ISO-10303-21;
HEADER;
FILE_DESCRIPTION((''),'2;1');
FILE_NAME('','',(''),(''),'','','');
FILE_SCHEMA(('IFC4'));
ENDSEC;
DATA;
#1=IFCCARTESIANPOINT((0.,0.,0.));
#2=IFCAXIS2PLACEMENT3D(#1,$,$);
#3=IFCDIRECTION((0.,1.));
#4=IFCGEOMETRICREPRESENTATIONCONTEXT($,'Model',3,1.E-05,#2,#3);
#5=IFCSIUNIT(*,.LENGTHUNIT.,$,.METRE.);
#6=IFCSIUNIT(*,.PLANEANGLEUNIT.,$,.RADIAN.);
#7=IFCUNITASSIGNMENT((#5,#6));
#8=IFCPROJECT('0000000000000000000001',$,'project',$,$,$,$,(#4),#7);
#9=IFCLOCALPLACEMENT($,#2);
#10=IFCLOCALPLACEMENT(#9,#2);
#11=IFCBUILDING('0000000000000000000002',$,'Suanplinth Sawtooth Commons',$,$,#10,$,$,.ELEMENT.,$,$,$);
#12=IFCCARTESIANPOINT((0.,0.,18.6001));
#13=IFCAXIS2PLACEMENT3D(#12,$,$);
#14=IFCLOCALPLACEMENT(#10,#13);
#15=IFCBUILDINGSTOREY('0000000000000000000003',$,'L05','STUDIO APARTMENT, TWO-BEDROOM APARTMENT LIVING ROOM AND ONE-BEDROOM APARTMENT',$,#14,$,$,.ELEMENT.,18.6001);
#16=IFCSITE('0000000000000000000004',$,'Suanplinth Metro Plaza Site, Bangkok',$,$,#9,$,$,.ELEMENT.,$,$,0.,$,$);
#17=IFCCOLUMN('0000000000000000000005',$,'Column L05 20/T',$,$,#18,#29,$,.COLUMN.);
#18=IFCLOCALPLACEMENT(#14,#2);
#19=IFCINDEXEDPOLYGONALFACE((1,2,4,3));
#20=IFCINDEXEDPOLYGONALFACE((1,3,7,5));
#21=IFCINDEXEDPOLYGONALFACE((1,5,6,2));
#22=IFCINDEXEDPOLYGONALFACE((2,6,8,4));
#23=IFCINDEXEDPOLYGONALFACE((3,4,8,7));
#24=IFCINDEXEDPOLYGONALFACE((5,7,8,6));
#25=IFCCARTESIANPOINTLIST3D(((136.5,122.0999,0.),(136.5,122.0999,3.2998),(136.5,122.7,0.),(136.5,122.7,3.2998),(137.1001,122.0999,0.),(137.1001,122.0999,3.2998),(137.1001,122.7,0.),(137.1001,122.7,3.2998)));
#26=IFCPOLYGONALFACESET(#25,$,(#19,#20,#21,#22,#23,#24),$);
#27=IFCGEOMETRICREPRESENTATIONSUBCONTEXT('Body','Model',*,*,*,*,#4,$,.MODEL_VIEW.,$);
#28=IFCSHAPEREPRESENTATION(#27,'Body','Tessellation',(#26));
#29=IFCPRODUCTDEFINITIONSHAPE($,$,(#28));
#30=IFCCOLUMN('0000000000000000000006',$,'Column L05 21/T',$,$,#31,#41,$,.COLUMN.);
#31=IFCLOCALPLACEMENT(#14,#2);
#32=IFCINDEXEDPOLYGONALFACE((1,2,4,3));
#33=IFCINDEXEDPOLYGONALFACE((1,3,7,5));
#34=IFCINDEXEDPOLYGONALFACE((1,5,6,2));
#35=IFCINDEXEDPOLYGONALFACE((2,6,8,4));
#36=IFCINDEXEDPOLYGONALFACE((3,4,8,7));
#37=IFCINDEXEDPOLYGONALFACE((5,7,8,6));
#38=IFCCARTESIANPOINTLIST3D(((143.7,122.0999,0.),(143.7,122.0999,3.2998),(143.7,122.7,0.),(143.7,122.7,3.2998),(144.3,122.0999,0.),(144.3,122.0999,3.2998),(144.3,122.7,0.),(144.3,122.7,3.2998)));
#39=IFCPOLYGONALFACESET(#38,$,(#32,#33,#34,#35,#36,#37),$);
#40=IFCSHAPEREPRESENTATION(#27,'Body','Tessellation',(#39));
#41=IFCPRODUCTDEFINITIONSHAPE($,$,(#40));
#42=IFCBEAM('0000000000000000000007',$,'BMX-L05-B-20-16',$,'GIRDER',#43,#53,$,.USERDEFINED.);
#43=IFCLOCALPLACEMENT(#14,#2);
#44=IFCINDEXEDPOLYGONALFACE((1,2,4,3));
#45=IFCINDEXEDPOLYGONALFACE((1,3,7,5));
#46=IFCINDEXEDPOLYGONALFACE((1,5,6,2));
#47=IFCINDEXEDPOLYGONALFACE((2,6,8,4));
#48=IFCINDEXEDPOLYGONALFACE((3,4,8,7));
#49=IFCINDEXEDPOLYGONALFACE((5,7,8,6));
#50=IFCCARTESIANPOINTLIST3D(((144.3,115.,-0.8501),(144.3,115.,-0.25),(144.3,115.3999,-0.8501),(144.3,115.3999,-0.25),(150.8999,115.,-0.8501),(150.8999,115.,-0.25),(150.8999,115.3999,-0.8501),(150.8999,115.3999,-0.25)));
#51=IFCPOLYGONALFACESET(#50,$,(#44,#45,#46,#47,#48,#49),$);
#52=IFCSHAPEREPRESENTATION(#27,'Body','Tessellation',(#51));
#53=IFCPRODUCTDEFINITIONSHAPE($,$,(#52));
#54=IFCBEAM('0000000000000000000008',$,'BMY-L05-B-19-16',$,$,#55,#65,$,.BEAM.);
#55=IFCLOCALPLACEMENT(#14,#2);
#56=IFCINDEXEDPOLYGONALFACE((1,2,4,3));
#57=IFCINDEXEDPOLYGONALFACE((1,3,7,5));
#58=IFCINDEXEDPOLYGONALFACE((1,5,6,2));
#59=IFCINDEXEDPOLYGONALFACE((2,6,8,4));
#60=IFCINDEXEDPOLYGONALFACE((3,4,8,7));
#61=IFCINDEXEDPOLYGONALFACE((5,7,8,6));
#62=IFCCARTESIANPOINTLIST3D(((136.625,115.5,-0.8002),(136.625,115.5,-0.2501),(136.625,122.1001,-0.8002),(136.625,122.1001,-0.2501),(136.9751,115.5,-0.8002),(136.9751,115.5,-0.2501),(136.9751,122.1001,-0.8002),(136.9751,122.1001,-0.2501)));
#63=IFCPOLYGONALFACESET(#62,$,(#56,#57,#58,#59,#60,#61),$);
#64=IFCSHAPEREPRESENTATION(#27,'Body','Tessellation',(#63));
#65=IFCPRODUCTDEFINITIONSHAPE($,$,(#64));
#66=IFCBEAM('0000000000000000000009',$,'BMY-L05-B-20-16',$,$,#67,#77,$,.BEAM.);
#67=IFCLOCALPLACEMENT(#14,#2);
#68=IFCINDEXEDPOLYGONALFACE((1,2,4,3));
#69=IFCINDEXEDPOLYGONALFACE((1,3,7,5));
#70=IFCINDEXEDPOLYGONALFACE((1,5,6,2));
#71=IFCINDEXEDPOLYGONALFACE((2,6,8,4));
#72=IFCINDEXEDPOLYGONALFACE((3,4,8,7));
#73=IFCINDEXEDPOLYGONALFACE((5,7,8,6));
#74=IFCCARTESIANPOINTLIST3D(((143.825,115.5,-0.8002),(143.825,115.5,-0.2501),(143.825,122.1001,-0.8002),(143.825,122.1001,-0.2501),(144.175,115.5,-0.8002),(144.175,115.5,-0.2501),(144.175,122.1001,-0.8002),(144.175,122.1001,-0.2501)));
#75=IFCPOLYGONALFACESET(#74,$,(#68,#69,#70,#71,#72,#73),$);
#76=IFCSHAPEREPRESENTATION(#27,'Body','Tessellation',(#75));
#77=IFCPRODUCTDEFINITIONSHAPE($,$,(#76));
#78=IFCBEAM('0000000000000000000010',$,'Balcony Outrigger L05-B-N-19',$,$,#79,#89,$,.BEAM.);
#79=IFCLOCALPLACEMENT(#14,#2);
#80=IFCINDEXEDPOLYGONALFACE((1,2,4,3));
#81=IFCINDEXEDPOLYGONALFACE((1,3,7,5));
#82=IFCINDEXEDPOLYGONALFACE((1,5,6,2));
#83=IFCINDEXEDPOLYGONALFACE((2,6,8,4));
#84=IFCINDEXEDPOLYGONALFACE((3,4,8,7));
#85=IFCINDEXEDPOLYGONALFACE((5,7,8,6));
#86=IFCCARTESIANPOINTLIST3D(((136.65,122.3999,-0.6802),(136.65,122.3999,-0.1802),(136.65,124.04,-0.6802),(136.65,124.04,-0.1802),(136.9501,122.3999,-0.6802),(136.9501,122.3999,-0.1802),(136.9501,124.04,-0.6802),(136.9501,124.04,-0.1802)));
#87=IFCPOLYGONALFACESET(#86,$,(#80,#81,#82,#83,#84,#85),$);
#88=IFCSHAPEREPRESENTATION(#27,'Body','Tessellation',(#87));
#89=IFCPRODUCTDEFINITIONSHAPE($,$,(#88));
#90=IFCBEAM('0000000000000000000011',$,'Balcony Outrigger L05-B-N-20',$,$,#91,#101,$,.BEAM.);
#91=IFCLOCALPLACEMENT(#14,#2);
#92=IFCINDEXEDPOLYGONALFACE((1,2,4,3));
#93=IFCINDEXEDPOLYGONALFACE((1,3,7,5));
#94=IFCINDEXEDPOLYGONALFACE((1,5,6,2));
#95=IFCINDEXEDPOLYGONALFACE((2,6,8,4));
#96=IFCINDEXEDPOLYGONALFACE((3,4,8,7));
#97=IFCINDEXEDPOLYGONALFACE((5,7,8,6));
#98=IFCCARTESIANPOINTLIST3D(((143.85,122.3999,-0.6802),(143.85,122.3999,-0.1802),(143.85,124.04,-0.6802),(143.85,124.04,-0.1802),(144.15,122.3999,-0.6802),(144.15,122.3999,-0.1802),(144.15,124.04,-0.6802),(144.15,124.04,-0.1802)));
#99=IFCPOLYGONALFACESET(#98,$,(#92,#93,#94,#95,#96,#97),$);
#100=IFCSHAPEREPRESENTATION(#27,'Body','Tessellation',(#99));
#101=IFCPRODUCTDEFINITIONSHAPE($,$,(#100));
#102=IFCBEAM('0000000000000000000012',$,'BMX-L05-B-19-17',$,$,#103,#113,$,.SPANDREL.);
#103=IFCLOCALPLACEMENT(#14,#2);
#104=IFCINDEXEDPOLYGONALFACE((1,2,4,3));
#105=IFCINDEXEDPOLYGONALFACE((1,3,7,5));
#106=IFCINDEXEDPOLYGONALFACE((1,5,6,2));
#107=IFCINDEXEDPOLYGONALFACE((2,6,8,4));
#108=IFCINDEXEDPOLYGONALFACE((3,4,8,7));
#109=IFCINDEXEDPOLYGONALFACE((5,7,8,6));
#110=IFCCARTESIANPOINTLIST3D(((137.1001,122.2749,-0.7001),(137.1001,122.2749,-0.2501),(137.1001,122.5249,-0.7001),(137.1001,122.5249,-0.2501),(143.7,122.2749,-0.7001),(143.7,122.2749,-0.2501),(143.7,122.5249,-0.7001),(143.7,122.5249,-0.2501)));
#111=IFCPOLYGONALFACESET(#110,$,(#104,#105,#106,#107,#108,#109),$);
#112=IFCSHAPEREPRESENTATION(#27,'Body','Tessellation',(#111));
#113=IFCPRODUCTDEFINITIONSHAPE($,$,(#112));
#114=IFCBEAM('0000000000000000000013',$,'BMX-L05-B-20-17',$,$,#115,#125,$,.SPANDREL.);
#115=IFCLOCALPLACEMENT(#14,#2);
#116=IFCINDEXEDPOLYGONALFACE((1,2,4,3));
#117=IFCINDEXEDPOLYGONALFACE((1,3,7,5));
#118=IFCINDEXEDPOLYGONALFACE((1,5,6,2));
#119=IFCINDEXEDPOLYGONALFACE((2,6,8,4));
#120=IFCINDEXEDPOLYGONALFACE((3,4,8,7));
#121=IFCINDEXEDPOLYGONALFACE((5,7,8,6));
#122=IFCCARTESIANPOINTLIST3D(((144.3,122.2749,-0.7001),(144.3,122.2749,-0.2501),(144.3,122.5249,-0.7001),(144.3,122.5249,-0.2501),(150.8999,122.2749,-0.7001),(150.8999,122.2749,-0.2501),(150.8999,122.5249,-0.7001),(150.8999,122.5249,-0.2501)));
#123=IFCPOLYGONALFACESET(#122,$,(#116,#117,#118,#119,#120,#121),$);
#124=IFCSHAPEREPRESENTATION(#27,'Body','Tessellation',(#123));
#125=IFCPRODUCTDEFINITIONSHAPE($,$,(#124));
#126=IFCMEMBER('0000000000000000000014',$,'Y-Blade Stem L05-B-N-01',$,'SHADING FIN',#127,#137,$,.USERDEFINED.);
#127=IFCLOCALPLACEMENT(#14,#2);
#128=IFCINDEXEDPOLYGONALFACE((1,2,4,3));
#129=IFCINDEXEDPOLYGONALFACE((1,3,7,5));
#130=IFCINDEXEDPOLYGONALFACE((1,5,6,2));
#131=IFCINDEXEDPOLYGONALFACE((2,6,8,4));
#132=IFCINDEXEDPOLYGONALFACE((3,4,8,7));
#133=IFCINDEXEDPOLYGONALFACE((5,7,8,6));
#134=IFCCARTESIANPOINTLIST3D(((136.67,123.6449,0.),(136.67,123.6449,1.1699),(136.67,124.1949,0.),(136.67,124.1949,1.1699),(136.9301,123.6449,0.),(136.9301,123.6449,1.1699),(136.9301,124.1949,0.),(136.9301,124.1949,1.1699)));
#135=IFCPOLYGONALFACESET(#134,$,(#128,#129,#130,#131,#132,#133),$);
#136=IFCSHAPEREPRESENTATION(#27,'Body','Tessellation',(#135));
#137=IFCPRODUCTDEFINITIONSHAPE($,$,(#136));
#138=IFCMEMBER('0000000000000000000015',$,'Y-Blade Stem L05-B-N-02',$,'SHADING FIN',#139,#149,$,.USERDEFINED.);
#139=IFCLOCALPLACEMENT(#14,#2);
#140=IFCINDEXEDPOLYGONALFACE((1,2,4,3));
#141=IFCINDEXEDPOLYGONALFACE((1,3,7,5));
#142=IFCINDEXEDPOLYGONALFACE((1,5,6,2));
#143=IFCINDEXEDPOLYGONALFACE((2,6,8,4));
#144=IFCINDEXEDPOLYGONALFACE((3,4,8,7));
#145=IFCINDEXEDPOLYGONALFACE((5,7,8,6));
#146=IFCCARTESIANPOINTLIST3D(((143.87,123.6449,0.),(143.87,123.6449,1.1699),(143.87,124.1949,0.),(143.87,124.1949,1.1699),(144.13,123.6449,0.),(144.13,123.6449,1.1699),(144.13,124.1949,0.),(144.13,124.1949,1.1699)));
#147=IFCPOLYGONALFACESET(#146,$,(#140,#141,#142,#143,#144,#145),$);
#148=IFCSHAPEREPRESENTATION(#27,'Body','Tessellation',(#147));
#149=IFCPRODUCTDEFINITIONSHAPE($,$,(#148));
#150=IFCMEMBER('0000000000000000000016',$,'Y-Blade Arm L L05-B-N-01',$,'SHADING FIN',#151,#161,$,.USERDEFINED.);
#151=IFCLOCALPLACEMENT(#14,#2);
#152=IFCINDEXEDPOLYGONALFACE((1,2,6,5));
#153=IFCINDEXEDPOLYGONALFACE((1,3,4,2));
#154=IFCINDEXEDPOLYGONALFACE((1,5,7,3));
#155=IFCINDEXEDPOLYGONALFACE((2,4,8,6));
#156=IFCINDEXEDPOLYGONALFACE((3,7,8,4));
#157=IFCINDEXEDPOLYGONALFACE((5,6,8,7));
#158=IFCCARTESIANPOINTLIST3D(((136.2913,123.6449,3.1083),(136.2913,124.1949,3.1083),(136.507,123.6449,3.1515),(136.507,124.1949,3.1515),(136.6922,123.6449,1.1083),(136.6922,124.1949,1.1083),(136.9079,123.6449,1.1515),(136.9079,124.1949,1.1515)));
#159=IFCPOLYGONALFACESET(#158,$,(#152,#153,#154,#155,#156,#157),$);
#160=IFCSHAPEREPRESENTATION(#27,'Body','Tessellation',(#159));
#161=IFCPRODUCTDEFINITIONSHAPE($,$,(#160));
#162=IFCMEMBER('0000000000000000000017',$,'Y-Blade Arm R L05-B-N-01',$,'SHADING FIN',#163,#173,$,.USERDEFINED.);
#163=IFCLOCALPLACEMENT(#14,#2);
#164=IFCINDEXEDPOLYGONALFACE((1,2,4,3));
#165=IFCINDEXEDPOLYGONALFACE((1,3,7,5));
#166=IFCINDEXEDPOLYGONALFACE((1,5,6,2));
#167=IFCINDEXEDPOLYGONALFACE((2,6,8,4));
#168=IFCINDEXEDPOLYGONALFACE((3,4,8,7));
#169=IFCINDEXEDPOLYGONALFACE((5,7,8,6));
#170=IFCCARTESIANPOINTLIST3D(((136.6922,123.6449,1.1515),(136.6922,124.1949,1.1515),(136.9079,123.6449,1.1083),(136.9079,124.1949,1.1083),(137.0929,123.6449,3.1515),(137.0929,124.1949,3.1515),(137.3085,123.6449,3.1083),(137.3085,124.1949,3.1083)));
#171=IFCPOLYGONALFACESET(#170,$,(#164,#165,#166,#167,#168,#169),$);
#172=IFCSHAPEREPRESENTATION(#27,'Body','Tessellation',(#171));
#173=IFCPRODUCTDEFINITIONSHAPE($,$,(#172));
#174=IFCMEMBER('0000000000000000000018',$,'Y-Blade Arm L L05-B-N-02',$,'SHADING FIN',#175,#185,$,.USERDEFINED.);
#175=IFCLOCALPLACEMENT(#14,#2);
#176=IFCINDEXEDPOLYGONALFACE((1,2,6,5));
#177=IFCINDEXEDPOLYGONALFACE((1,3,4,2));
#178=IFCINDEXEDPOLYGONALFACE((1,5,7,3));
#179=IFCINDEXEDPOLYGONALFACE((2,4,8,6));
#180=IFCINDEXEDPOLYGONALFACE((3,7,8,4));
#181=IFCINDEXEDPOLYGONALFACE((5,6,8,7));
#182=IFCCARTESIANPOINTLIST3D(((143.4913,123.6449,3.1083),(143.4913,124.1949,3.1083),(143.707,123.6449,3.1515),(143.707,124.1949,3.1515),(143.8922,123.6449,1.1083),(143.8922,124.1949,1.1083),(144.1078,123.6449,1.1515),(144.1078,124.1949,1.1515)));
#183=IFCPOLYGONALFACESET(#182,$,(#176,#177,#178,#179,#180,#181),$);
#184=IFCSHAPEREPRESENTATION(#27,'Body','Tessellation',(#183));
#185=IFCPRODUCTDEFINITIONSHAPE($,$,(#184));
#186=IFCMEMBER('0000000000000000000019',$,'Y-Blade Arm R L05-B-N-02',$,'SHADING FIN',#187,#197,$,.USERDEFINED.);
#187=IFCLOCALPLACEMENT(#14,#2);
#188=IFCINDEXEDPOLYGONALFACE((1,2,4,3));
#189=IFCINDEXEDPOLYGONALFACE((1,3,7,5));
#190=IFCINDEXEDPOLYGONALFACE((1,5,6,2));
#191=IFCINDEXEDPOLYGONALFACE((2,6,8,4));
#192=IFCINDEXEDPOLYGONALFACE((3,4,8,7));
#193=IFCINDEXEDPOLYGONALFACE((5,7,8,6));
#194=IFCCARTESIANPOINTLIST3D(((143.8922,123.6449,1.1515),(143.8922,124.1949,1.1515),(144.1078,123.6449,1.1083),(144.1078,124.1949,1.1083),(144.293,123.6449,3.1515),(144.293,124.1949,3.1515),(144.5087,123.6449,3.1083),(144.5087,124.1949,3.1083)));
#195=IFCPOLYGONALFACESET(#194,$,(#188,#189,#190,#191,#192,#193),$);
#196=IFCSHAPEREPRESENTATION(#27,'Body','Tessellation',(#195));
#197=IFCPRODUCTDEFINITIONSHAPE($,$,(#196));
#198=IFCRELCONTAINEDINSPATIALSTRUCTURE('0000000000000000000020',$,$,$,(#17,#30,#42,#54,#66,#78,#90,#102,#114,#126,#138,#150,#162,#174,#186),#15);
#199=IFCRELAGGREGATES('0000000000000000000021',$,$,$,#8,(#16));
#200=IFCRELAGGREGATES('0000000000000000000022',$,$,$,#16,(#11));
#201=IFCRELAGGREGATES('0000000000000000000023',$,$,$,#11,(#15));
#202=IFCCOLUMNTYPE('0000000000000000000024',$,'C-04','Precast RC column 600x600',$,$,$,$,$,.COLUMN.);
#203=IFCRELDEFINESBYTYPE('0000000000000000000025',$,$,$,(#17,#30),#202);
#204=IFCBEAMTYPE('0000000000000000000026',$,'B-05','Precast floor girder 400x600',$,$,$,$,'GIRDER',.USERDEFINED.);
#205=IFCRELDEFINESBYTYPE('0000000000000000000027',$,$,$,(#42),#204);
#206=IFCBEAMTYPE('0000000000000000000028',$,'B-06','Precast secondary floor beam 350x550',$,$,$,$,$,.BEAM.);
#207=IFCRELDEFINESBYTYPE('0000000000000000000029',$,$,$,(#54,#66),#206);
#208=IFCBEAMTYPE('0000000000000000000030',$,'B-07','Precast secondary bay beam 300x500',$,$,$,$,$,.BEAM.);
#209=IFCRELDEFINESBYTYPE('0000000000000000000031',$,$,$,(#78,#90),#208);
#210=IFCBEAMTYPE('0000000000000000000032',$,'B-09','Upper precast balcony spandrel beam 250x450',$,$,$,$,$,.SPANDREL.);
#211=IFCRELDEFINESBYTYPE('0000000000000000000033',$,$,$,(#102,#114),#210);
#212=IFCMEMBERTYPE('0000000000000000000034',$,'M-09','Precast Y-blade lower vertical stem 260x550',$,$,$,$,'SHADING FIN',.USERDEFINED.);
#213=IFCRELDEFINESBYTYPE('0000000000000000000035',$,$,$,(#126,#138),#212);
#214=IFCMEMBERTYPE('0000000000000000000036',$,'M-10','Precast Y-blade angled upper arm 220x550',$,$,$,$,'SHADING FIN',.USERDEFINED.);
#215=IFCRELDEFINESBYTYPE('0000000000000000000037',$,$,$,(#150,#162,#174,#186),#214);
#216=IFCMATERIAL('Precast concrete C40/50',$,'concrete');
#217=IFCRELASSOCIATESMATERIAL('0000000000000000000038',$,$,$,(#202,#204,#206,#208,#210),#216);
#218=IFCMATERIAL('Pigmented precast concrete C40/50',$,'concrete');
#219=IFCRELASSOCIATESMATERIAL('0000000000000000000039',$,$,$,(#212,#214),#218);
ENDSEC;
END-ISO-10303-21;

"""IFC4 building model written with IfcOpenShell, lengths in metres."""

from ifc_helpers import new_model, si_unit, direction, frame, origin, origin_2d, place, context, subcontext, project, spatial, rectangle, extrude, material, material_profile, profile_set, type_object, element, save


model = new_model("IFC4")

# Units and contexts
model_context = context("Model", 3, precision=1e-05, world=origin(), true_north=direction((0.0, 1.0)))
body_context = subcontext(model_context, "Body", "Model", "MODEL_VIEW")
ifc_project = project(units=[si_unit("LENGTHUNIT", "METRE"), si_unit("PLANEANGLEUNIT", "RADIAN")], contexts=[model_context])

# Site, building, storey
site_placement = place(None, origin())
site = spatial("IfcSite", under=ifc_project, at=site_placement, Name="Suanplinth Metro Plaza Site, Bangkok", CompositionType="ELEMENT", RefElevation=0.0)
building_placement = place(site_placement, origin())
building = spatial("IfcBuilding", under=site, at=building_placement, Name="Suanplinth Sawtooth Commons", CompositionType="ELEMENT")
storey_placement = place(building_placement, frame((0.0, 0.0, 18.6001)))
storey = spatial("IfcBuildingStorey", under=building, at=storey_placement, Name="L05", Description="STUDIO APARTMENT, TWO-BEDROOM APARTMENT LIVING ROOM AND ONE-BEDROOM APARTMENT", CompositionType="ELEMENT", Elevation=18.6001)

# Columns
ifc_material_1 = material(Name="Precast concrete C40/50", Category="concrete")
ifc_material_profile_1 = material_profile(ifc_material_1, rectangle(XDim=0.6001, YDim=0.6001, at=origin_2d()), Name="PC-COL 600x600")
ifc_profile_set_1 = profile_set([ifc_material_profile_1], Name="Precast concrete C40/50")
column_type = type_object("IfcColumnType", Name="C-04", Description="Precast RC column 600x600", PredefinedType="COLUMN", material=ifc_profile_set_1)
for number, where, z_axis, x_axis, name in (
    (1, (136.8, 122.3999, 0.0), (0.0, 0.0, 1.0), (1.0, 0.0, 0.0), "Column L05 20/T"),
    (2, (144.0, 122.3999, 0.0), (0.0, 0.0, 1.0), (1.0, 0.0, 0.0), "Column L05 21/T"),
):
    element("IfcColumn", number, at=place(storey_placement, frame(where, z_axis=z_axis, x_axis=x_axis)), inside=storey, type_object=column_type, Name=name, PredefinedType="COLUMN", context=body_context, shape_type="SweptSolid", body=[
        extrude(rectangle(XDim=0.6001, YDim=0.6001, at=origin_2d()), origin(), (0.0, 0.0, 1.0), 3.2998),
    ])

# Beams
ifc_material_profile_2 = material_profile(ifc_material_1, rectangle(XDim=0.3999, YDim=0.6001, at=origin_2d()), Name="PC-GDR 400x600")
ifc_profile_set_2 = profile_set([ifc_material_profile_2], Name="Precast concrete C40/50")
beam_type_1 = type_object("IfcBeamType", Name="B-05", Description="Precast floor girder 400x600", ElementType="GIRDER", PredefinedType="USERDEFINED", material=ifc_profile_set_2)
beam_placement = place(storey_placement, frame((144.3, 115.2, -0.55), z_axis=(1.0, 0.0, 0.0), x_axis=(0.0, 1.0, 0.0)))
element("IfcBeam", 3, at=beam_placement, inside=storey, type_object=beam_type_1, Name="BMX-L05-B-20-16", ObjectType="GIRDER", PredefinedType="USERDEFINED", context=body_context, shape_type="SweptSolid", body=[
    extrude(rectangle(XDim=0.3999, YDim=0.6001, at=origin_2d()), origin(), (0.0, 0.0, 1.0), 6.5999),
])
ifc_material_profile_3 = material_profile(ifc_material_1, rectangle(XDim=0.3501, YDim=0.55, at=origin_2d()), Name="PC-BM 350x550")
ifc_profile_set_3 = profile_set([ifc_material_profile_3], Name="Precast concrete C40/50")
beam_type_2 = type_object("IfcBeamType", Name="B-06", Description="Precast secondary floor beam 350x550", PredefinedType="BEAM", material=ifc_profile_set_3)
for number, where, z_axis, x_axis, name in (
    (4, (136.8, 115.5, -0.5251), (0.0, 1.0, 0.0), (-1.0, 0.0, 0.0), "BMY-L05-B-19-16"),
    (5, (144.0, 115.5, -0.5251), (0.0, 1.0, 0.0), (-1.0, 0.0, 0.0), "BMY-L05-B-20-16"),
):
    element("IfcBeam", number, at=place(storey_placement, frame(where, z_axis=z_axis, x_axis=x_axis)), inside=storey, type_object=beam_type_2, Name=name, PredefinedType="BEAM", context=body_context, shape_type="SweptSolid", body=[
        extrude(rectangle(XDim=0.3501, YDim=0.55, at=origin_2d()), origin(), (0.0, 0.0, 1.0), 6.6001),
    ])
ifc_material_profile_4 = material_profile(ifc_material_1, rectangle(XDim=0.3, YDim=0.5, at=origin_2d()), Name="PC-BM 300x500")
ifc_profile_set_4 = profile_set([ifc_material_profile_4], Name="Precast concrete C40/50")
beam_type_3 = type_object("IfcBeamType", Name="B-07", Description="Precast secondary bay beam 300x500", PredefinedType="BEAM", material=ifc_profile_set_4)
for number, where, z_axis, x_axis, name in (
    (6, (136.8, 122.3999, -0.4302), (0.0, 1.0, 0.0), (-1.0, 0.0, 0.0), "Balcony Outrigger L05-B-N-19"),
    (7, (144.0, 122.3999, -0.4302), (0.0, 1.0, 0.0), (-1.0, 0.0, 0.0), "Balcony Outrigger L05-B-N-20"),
):
    element("IfcBeam", number, at=place(storey_placement, frame(where, z_axis=z_axis, x_axis=x_axis)), inside=storey, type_object=beam_type_3, Name=name, PredefinedType="BEAM", context=body_context, shape_type="SweptSolid", body=[
        extrude(rectangle(XDim=0.3, YDim=0.5, at=origin_2d()), origin(), (0.0, 0.0, 1.0), 1.6401),
    ])
ifc_material_profile_5 = material_profile(ifc_material_1, rectangle(XDim=0.25, YDim=0.45, at=origin_2d()), Name="PC-SP 250x450")
ifc_profile_set_5 = profile_set([ifc_material_profile_5], Name="Precast concrete C40/50")
beam_type_4 = type_object("IfcBeamType", Name="B-09", Description="Upper precast balcony spandrel beam 250x450", PredefinedType="SPANDREL", material=ifc_profile_set_5)
for number, where, z_axis, x_axis, name in (
    (8, (137.1001, 122.3999, -0.4751), (1.0, 0.0, 0.0), (0.0, 1.0, 0.0), "BMX-L05-B-19-17"),
    (9, (144.3, 122.3999, -0.4751), (1.0, 0.0, 0.0), (0.0, 1.0, 0.0), "BMX-L05-B-20-17"),
):
    element("IfcBeam", number, at=place(storey_placement, frame(where, z_axis=z_axis, x_axis=x_axis)), inside=storey, type_object=beam_type_4, Name=name, PredefinedType="SPANDREL", context=body_context, shape_type="SweptSolid", body=[
        extrude(rectangle(XDim=0.25, YDim=0.45, at=origin_2d()), origin(), (0.0, 0.0, 1.0), 6.5999),
    ])

# Members
ifc_material_2 = material(Name="Pigmented precast concrete C40/50", Category="concrete")
ifc_material_profile_6 = material_profile(ifc_material_2, rectangle(XDim=0.26, YDim=0.55, at=origin_2d()), Name="PC-FIN 260x550")
ifc_profile_set_6 = profile_set([ifc_material_profile_6], Name="Pigmented precast concrete C40/50")
member_type_1 = type_object("IfcMemberType", Name="M-09", Description="Precast Y-blade lower vertical stem 260x550", ElementType="SHADING FIN", PredefinedType="USERDEFINED", material=ifc_profile_set_6)
for number, where, z_axis, x_axis, name in (
    (10, (136.8, 123.9199, 0.0), (0.0, 0.0, 1.0), (1.0, 0.0, 0.0), "Y-Blade Stem L05-B-N-01"),
    (11, (144.0, 123.9199, 0.0), (0.0, 0.0, 1.0), (1.0, 0.0, 0.0), "Y-Blade Stem L05-B-N-02"),
):
    element("IfcMember", number, at=place(storey_placement, frame(where, z_axis=z_axis, x_axis=x_axis)), inside=storey, type_object=member_type_1, Name=name, ObjectType="SHADING FIN", PredefinedType="USERDEFINED", context=body_context, shape_type="SweptSolid", body=[
        extrude(rectangle(XDim=0.26, YDim=0.55, at=origin_2d()), origin(), (0.0, 0.0, 1.0), 1.1699),
    ])
ifc_material_profile_7 = material_profile(ifc_material_2, rectangle(XDim=0.22, YDim=0.55, at=origin_2d()), Name="PC-FIN 220x550")
ifc_profile_set_7 = profile_set([ifc_material_profile_7], Name="Pigmented precast concrete C40/50")
member_type_2 = type_object("IfcMemberType", Name="M-10", Description="Precast Y-blade angled upper arm 220x550", ElementType="SHADING FIN", PredefinedType="USERDEFINED", material=ifc_profile_set_7)
for number, where, z_axis, x_axis, name in (
    (12, (136.8, 123.9199, 1.1299), (-0.19653, 0.0, 0.980498), (0.980498, 0.0, 0.19653), "Y-Blade Arm L L05-B-N-01"),
    (13, (136.8, 123.9199, 1.1299), (0.196415, 0.0, 0.980521), (-0.980521, 0.0, 0.196415), "Y-Blade Arm R L05-B-N-01"),
    (14, (144.0, 123.9199, 1.1299), (-0.19653, 0.0, 0.980498), (0.980498, 0.0, 0.19653), "Y-Blade Arm L L05-B-N-02"),
    (15, (144.0, 123.9199, 1.1299), (0.19653, 0.0, 0.980498), (-0.980498, 0.0, 0.19653), "Y-Blade Arm R L05-B-N-02"),
):
    element("IfcMember", number, at=place(storey_placement, frame(where, z_axis=z_axis, x_axis=x_axis)), inside=storey, type_object=member_type_2, Name=name, ObjectType="SHADING FIN", PredefinedType="USERDEFINED", context=body_context, shape_type="SweptSolid", body=[
        extrude(rectangle(XDim=0.22, YDim=0.55, at=origin_2d()), origin(), (0.0, 0.0, 1.0), 2.0398),
    ])

save(model, "model.ifc")
